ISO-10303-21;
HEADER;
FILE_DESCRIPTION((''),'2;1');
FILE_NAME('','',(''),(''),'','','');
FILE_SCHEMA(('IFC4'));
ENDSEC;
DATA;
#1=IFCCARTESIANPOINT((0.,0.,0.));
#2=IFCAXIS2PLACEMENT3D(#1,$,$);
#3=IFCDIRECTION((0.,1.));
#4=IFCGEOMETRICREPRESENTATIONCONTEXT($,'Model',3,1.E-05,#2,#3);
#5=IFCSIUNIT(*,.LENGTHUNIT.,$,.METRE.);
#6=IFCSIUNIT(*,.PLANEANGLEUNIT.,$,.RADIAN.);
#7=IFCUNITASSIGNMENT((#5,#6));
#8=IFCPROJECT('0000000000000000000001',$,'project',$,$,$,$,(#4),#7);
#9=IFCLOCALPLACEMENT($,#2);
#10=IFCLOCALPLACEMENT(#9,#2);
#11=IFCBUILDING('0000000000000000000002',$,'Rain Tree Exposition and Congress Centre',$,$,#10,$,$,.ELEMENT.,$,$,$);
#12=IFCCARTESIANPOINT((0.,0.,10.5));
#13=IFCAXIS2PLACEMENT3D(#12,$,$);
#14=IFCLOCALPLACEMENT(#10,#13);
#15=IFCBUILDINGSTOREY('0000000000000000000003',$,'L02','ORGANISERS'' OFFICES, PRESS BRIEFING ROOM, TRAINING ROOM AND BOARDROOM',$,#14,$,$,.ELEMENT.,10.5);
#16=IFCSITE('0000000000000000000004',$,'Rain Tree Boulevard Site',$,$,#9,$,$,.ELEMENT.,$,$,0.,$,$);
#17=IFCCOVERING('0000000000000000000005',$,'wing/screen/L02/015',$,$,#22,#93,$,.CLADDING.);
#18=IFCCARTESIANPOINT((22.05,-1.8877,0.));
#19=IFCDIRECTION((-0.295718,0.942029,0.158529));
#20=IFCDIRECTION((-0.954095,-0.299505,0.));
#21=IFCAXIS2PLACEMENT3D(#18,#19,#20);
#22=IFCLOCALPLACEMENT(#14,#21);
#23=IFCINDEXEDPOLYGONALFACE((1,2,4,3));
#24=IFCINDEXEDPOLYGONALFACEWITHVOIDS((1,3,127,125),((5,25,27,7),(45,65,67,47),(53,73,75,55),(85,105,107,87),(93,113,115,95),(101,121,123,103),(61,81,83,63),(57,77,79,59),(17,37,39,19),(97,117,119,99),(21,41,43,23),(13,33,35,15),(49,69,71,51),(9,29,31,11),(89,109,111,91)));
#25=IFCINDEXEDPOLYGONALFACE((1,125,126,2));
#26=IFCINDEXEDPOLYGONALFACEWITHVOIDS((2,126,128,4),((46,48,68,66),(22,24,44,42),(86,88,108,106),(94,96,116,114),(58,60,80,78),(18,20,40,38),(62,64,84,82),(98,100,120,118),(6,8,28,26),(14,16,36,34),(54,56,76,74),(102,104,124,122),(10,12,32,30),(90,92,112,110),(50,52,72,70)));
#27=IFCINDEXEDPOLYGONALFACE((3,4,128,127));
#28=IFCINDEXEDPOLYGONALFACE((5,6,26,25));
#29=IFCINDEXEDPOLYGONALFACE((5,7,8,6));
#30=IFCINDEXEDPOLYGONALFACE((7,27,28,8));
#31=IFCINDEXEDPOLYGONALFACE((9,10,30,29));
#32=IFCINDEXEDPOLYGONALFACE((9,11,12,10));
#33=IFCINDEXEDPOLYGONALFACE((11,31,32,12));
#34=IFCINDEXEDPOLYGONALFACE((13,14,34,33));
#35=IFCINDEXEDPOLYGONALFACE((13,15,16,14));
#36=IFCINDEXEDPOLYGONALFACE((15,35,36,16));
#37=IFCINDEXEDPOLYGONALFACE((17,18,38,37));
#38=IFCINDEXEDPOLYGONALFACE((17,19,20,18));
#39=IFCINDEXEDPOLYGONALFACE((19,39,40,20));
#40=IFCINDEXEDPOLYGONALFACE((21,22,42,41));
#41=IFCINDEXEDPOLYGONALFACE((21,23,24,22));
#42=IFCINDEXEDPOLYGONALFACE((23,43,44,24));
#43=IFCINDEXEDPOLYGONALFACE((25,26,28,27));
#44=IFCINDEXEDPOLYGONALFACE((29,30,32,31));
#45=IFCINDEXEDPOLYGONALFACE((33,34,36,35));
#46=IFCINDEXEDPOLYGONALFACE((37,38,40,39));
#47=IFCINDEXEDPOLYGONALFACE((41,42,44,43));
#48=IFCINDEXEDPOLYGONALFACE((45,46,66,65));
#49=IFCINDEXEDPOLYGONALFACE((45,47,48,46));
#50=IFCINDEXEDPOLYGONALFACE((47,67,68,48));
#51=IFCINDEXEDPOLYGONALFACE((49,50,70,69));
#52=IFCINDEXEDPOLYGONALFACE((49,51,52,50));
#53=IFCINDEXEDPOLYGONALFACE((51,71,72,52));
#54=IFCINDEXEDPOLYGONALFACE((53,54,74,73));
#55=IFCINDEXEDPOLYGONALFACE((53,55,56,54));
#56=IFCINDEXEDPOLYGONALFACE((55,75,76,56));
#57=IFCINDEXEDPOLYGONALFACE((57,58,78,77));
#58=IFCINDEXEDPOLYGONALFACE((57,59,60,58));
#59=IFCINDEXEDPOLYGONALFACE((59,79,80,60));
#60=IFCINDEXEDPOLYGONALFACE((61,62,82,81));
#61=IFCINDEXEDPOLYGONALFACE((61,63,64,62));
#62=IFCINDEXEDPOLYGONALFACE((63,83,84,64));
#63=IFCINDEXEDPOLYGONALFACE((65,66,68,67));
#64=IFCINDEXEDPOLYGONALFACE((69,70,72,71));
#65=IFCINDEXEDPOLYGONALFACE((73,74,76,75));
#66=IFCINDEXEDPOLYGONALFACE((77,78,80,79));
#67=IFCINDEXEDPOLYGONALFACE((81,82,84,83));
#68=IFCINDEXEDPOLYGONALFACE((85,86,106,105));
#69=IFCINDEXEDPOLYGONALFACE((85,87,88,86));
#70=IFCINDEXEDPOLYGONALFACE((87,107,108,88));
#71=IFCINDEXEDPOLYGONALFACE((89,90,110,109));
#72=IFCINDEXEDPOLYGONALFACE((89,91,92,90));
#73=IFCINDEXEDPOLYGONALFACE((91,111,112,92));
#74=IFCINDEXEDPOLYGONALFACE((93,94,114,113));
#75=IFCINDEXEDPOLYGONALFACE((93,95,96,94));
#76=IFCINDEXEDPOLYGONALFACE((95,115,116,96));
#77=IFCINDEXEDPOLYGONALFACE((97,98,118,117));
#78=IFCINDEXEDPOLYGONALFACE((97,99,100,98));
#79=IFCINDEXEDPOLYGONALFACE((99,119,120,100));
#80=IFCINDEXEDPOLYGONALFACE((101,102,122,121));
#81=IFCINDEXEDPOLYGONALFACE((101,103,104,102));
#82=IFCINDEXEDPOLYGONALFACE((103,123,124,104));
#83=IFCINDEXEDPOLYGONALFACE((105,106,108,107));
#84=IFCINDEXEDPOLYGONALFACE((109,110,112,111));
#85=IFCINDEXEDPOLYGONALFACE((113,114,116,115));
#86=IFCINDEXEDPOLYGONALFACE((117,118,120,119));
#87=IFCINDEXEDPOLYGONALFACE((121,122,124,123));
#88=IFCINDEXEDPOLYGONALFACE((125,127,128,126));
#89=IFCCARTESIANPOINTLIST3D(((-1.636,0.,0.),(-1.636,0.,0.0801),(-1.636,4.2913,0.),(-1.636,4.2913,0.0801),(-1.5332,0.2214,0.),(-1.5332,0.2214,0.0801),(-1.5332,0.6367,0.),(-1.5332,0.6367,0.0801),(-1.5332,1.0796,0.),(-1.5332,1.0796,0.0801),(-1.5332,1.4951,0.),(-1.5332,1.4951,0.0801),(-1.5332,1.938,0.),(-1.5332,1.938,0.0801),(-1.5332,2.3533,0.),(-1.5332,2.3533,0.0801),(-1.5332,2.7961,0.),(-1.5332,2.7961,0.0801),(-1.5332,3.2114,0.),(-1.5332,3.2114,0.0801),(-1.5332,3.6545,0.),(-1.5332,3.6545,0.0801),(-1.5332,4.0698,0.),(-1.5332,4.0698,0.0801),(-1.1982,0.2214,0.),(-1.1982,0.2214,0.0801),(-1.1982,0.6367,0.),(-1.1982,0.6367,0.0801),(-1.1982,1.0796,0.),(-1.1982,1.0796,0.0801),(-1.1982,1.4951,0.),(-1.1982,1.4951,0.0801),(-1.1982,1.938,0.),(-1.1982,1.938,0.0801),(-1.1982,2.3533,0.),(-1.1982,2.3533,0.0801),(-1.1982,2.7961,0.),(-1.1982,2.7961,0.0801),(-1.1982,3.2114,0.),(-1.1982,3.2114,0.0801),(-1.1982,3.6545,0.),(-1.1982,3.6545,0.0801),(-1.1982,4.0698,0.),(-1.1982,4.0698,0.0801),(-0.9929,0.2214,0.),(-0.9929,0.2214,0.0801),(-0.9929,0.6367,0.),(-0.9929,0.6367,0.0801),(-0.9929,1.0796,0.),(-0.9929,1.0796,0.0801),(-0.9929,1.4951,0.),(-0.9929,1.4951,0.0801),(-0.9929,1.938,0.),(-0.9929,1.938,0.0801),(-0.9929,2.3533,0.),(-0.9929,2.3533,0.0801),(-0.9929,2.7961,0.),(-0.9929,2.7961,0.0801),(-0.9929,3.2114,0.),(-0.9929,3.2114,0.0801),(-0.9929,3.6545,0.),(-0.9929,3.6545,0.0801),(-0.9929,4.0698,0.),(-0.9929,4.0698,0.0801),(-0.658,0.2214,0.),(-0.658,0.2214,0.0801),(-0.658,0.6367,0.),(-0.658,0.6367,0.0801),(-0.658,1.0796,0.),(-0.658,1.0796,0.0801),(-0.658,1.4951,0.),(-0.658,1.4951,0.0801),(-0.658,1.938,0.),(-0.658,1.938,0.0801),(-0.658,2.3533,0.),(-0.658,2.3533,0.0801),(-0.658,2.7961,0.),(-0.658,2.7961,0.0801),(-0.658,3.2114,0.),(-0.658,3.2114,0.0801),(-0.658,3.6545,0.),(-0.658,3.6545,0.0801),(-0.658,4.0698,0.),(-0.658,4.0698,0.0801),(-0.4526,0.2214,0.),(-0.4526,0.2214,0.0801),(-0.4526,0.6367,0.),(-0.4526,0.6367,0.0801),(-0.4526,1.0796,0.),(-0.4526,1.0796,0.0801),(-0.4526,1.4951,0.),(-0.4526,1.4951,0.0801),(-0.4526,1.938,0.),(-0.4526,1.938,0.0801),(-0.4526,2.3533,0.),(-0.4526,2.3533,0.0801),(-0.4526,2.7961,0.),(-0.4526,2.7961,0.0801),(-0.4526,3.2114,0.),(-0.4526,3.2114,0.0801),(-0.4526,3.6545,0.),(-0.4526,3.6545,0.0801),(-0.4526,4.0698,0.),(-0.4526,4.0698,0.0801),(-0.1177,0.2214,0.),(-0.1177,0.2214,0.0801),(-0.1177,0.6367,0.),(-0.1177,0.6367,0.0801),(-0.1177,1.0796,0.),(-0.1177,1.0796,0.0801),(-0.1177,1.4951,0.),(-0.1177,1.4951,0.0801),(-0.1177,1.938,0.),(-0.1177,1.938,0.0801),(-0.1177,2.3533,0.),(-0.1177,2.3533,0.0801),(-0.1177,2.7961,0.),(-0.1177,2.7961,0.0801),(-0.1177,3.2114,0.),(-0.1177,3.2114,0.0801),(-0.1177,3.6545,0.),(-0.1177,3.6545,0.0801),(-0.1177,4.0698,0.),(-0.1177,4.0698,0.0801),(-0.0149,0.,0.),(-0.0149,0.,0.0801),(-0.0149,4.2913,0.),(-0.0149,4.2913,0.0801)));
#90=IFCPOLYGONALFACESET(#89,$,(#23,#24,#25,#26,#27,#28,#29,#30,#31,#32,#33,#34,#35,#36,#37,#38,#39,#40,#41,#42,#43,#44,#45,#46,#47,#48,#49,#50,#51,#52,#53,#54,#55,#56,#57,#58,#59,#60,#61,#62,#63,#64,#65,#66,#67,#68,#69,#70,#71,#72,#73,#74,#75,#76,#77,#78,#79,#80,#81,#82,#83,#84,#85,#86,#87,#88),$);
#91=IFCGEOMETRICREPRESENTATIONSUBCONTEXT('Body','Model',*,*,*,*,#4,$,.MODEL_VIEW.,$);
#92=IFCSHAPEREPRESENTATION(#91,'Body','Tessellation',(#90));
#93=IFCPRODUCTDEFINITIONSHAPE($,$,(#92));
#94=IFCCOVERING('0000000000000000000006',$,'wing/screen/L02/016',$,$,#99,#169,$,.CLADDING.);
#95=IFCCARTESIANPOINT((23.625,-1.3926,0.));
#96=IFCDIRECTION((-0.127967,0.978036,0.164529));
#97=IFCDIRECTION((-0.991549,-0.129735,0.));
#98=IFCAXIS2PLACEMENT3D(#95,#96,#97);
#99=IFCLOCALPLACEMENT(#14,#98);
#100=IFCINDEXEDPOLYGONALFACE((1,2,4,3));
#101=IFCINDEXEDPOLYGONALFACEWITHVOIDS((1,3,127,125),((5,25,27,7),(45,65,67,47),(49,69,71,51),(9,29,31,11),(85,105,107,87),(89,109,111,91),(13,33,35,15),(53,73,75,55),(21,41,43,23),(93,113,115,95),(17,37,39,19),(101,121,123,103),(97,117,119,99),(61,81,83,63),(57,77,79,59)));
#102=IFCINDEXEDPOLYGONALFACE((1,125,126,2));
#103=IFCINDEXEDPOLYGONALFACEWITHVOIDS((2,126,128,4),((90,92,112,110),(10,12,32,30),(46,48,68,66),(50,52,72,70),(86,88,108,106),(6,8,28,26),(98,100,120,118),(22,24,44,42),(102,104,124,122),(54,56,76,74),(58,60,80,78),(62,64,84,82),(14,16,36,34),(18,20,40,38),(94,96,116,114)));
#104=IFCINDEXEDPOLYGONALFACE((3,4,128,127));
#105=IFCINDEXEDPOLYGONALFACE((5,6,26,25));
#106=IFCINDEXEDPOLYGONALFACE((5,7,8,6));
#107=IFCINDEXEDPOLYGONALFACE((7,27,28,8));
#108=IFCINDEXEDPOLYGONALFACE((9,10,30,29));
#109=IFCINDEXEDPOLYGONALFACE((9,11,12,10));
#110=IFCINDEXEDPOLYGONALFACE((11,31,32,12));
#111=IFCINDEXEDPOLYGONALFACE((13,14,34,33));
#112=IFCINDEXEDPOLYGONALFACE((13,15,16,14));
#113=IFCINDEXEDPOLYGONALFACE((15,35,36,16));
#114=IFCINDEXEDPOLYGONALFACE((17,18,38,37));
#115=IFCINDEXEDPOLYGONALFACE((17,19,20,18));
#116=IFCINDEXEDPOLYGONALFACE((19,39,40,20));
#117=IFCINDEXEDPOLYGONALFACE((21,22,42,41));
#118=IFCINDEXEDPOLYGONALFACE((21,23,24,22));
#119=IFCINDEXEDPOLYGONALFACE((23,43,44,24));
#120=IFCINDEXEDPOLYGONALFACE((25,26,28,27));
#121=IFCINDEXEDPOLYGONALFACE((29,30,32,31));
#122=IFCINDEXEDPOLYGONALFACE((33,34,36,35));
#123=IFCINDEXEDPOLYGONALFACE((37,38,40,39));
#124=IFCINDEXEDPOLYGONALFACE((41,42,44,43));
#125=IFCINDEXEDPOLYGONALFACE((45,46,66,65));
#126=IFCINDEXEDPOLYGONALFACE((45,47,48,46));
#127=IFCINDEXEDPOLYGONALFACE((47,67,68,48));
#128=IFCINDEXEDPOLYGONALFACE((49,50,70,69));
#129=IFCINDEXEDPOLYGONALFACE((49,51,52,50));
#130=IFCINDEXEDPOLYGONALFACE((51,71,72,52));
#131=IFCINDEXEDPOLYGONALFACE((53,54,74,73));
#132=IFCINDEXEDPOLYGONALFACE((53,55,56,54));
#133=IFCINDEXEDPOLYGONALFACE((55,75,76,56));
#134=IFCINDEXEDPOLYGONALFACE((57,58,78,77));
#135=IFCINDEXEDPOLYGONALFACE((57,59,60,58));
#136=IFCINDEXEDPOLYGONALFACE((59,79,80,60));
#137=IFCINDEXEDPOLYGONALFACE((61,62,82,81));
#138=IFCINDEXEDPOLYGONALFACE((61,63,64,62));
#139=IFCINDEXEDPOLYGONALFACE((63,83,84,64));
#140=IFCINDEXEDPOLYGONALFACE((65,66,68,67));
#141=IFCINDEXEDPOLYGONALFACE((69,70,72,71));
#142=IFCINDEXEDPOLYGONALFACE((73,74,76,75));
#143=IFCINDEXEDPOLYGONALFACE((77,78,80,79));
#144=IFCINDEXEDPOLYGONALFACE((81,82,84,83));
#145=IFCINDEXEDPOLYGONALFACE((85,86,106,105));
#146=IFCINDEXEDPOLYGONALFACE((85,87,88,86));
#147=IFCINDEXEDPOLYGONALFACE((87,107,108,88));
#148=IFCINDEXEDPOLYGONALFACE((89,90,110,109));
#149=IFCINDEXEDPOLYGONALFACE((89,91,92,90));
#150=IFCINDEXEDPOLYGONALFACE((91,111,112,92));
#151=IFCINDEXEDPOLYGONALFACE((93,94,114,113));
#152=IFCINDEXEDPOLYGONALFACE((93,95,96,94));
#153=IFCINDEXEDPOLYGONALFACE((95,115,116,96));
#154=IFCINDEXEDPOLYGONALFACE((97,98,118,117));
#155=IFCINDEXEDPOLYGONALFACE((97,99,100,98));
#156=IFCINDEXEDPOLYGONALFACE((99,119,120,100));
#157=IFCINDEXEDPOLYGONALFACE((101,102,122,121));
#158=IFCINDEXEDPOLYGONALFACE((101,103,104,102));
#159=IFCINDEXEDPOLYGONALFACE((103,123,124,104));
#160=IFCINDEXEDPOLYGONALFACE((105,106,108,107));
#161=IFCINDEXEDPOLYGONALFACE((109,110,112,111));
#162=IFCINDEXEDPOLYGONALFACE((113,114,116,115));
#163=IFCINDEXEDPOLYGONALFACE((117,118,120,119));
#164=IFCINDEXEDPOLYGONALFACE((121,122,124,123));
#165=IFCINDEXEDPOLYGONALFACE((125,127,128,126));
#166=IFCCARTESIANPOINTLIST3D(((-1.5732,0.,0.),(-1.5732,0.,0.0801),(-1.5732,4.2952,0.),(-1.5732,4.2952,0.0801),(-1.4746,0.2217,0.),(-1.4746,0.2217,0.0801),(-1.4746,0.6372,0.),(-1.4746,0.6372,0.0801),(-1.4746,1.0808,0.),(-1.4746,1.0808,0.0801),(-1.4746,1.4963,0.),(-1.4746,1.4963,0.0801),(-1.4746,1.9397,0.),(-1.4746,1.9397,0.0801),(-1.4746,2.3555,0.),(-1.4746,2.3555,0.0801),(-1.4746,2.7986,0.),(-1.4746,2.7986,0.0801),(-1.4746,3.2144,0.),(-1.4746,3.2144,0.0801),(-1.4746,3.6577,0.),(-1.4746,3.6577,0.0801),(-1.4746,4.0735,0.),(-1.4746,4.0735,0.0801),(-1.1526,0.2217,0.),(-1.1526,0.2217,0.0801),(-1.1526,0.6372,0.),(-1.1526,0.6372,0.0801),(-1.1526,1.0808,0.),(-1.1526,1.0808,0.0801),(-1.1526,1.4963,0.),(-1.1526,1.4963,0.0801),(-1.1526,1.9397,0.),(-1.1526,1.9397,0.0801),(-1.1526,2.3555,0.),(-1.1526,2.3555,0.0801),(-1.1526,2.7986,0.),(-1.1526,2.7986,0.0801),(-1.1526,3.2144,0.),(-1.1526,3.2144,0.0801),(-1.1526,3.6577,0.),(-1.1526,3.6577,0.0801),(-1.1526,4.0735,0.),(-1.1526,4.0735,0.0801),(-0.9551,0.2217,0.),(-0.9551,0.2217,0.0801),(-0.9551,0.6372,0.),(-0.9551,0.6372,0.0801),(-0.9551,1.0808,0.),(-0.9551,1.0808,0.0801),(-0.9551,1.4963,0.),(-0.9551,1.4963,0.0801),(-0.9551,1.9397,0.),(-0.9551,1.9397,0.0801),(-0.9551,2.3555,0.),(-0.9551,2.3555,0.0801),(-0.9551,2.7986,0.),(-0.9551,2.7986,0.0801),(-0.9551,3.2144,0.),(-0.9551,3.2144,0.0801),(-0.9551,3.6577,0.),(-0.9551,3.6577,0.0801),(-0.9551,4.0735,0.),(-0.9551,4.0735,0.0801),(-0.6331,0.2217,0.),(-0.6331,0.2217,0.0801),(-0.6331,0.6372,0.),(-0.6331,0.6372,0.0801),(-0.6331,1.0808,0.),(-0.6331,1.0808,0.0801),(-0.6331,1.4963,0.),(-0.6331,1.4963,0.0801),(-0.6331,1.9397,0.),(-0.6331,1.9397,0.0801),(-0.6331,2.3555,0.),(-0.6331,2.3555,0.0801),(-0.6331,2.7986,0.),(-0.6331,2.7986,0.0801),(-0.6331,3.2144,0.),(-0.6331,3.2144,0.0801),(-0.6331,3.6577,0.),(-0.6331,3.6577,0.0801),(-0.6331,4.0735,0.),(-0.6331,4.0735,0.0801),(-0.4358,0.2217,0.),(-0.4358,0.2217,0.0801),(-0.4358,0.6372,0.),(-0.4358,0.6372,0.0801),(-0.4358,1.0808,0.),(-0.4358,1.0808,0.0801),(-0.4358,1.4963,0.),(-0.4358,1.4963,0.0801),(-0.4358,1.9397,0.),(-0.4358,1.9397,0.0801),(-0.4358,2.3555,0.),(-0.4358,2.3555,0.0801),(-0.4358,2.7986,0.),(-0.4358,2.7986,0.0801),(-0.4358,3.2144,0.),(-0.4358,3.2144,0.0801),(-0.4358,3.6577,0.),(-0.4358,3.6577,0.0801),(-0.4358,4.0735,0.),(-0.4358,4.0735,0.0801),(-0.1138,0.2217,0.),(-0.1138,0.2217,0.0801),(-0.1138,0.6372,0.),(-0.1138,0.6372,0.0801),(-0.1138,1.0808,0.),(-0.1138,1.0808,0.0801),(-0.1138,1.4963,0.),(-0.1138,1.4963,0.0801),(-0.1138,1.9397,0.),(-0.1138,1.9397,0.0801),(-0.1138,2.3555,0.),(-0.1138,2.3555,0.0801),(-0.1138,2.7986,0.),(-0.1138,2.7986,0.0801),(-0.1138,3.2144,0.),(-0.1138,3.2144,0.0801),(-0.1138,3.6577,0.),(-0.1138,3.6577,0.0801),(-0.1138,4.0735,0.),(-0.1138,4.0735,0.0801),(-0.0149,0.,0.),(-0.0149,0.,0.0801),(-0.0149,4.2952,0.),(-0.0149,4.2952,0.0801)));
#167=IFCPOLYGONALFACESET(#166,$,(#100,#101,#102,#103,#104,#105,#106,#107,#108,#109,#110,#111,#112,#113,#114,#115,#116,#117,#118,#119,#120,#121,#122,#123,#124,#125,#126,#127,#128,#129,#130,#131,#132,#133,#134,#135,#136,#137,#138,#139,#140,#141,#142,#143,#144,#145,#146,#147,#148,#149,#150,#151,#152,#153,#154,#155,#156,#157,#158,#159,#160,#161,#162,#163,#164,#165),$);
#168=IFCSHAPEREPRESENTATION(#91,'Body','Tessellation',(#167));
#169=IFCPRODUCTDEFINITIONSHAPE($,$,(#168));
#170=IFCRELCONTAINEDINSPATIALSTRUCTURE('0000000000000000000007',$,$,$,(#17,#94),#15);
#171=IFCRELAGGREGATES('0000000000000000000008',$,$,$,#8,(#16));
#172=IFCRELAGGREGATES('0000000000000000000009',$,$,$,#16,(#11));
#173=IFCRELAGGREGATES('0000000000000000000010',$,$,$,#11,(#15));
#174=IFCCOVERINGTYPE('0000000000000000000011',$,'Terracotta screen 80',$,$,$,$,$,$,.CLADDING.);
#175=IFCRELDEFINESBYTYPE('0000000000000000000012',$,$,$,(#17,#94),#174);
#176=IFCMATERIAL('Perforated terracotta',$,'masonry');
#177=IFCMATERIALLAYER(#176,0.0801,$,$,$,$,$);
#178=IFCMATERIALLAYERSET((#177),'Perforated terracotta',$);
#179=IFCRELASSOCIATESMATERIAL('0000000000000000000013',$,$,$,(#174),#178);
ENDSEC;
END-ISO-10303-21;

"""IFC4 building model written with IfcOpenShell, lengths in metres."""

from ifc_helpers import new_model, si_unit, direction, frame, origin, place, context, subcontext, project, spatial, polyline, outline, extrude, material, layer, layer_set, type_object, element, save


model = new_model("IFC4")

# Units and contexts
model_context = context("Model", 3, precision=1e-05, world=origin(), true_north=direction((0.0, 1.0)))
body_context = subcontext(model_context, "Body", "Model", "MODEL_VIEW")
ifc_project = project(units=[si_unit("LENGTHUNIT", "METRE"), si_unit("PLANEANGLEUNIT", "RADIAN")], contexts=[model_context])

# Site, building, storey
site_placement = place(None, origin())
site = spatial("IfcSite", under=ifc_project, at=site_placement, Name="Rain Tree Boulevard Site", CompositionType="ELEMENT", RefElevation=0.0)
building_placement = place(site_placement, origin())
building = spatial("IfcBuilding", under=site, at=building_placement, Name="Rain Tree Exposition and Congress Centre", CompositionType="ELEMENT")
storey_placement = place(building_placement, frame((0.0, 0.0, 10.5)))
storey = spatial("IfcBuildingStorey", under=building, at=storey_placement, Name="L02", Description="ORGANISERS' OFFICES, PRESS BRIEFING ROOM, TRAINING ROOM AND BOARDROOM", CompositionType="ELEMENT", Elevation=10.5)

# Coverings
ifc_material_1 = material(Name="Perforated terracotta", Category="masonry")
ifc_layer_1 = layer(ifc_material_1, 0.0801)
ifc_layer_set_1 = layer_set([ifc_layer_1], Name="Perforated terracotta")
covering_type = type_object("IfcCoveringType", Name="Terracotta screen 80", PredefinedType="CLADDING", material=ifc_layer_set_1)
covering_1_placement = place(storey_placement, frame((22.05, -1.8877, 0.0), z_axis=(-0.295718, 0.942029, 0.158529), x_axis=(-0.954095, -0.299505, 0.0)))
element("IfcCovering", 1, at=covering_1_placement, inside=storey, type_object=covering_type, Name="wing/screen/L02/015", PredefinedType="CLADDING", context=body_context, shape_type="SweptSolid", body=[
    extrude(outline(polyline([(-1.636, 0.0), (-1.636, 4.2913), (-0.0149, 4.2913), (-0.0149, 0.0), (-1.636, 0.0)]), holes=[polyline([(-0.1177, 0.2214), (-0.1177, 0.6367), (-0.4526, 0.6367), (-0.4526, 0.2214), (-0.1177, 0.2214)]), polyline([(-0.1177, 1.0796), (-0.1177, 1.4951), (-0.4526, 1.4951), (-0.4526, 1.0796), (-0.1177, 1.0796)]), polyline([(-0.1177, 1.938), (-0.1177, 2.3533), (-0.4526, 2.3533), (-0.4526, 1.938), (-0.1177, 1.938)]), polyline([(-0.1177, 2.7961), (-0.1177, 3.2114), (-0.4526, 3.2114), (-0.4526, 2.7961), (-0.1177, 2.7961)]), polyline([(-0.1177, 3.6545), (-0.1177, 4.0698), (-0.4526, 4.0698), (-0.4526, 3.6545), (-0.1177, 3.6545)]), polyline([(-0.658, 0.2214), (-0.658, 0.6367), (-0.9929, 0.6367), (-0.9929, 0.2214), (-0.658, 0.2214)]), polyline([(-0.658, 1.0796), (-0.658, 1.4951), (-0.9929, 1.4951), (-0.9929, 1.0796), (-0.658, 1.0796)]), polyline([(-0.658, 1.938), (-0.658, 2.3533), (-0.9929, 2.3533), (-0.9929, 1.938), (-0.658, 1.938)]), polyline([(-0.658, 2.7961), (-0.658, 3.2114), (-0.9929, 3.2114), (-0.9929, 2.7961), (-0.658, 2.7961)]), polyline([(-0.658, 3.6545), (-0.658, 4.0698), (-0.9929, 4.0698), (-0.9929, 3.6545), (-0.658, 3.6545)]), polyline([(-1.1982, 0.2214), (-1.1982, 0.6367), (-1.5332, 0.6367), (-1.5332, 0.2214), (-1.1982, 0.2214)]), polyline([(-1.1982, 1.0796), (-1.1982, 1.4951), (-1.5332, 1.4951), (-1.5332, 1.0796), (-1.1982, 1.0796)]), polyline([(-1.1982, 1.938), (-1.1982, 2.3533), (-1.5332, 2.3533), (-1.5332, 1.938), (-1.1982, 1.938)]), polyline([(-1.1982, 2.7961), (-1.1982, 3.2114), (-1.5332, 3.2114), (-1.5332, 2.7961), (-1.1982, 2.7961)]), polyline([(-1.1982, 3.6545), (-1.1982, 4.0698), (-1.5332, 4.0698), (-1.5332, 3.6545), (-1.1982, 3.6545)])]), origin(), (0.0, 0.0, 1.0), 0.0801),
])
covering_2_placement = place(storey_placement, frame((23.625, -1.3926, 0.0), z_axis=(-0.127967, 0.978036, 0.164529), x_axis=(-0.991549, -0.129735, 0.0)))
element("IfcCovering", 2, at=covering_2_placement, inside=storey, type_object=covering_type, Name="wing/screen/L02/016", PredefinedType="CLADDING", context=body_context, shape_type="SweptSolid", body=[
    extrude(outline(polyline([(-1.5732, 0.0), (-1.5732, 4.2952), (-0.0149, 4.2952), (-0.0149, 0.0), (-1.5732, 0.0)]), holes=[polyline([(-0.1138, 0.2217), (-0.1138, 0.6372), (-0.4358, 0.6372), (-0.4358, 0.2217), (-0.1138, 0.2217)]), polyline([(-0.1138, 1.0808), (-0.1138, 1.4963), (-0.4358, 1.4963), (-0.4358, 1.0808), (-0.1138, 1.0808)]), polyline([(-0.1138, 1.9397), (-0.1138, 2.3555), (-0.4358, 2.3555), (-0.4358, 1.9397), (-0.1138, 1.9397)]), polyline([(-0.1138, 2.7986), (-0.1138, 3.2144), (-0.4358, 3.2144), (-0.4358, 2.7986), (-0.1138, 2.7986)]), polyline([(-0.1138, 3.6577), (-0.1138, 4.0735), (-0.4358, 4.0735), (-0.4358, 3.6577), (-0.1138, 3.6577)]), polyline([(-0.6331, 0.2217), (-0.6331, 0.6372), (-0.9551, 0.6372), (-0.9551, 0.2217), (-0.6331, 0.2217)]), polyline([(-0.6331, 1.0808), (-0.6331, 1.4963), (-0.9551, 1.4963), (-0.9551, 1.0808), (-0.6331, 1.0808)]), polyline([(-0.6331, 1.9397), (-0.6331, 2.3555), (-0.9551, 2.3555), (-0.9551, 1.9397), (-0.6331, 1.9397)]), polyline([(-0.6331, 2.7986), (-0.6331, 3.2144), (-0.9551, 3.2144), (-0.9551, 2.7986), (-0.6331, 2.7986)]), polyline([(-0.6331, 3.6577), (-0.6331, 4.0735), (-0.9551, 4.0735), (-0.9551, 3.6577), (-0.6331, 3.6577)]), polyline([(-1.1526, 0.2217), (-1.1526, 0.6372), (-1.4746, 0.6372), (-1.4746, 0.2217), (-1.1526, 0.2217)]), polyline([(-1.1526, 1.0808), (-1.1526, 1.4963), (-1.4746, 1.4963), (-1.4746, 1.0808), (-1.1526, 1.0808)]), polyline([(-1.1526, 1.9397), (-1.1526, 2.3555), (-1.4746, 2.3555), (-1.4746, 1.9397), (-1.1526, 1.9397)]), polyline([(-1.1526, 2.7986), (-1.1526, 3.2144), (-1.4746, 3.2144), (-1.4746, 2.7986), (-1.1526, 2.7986)]), polyline([(-1.1526, 3.6577), (-1.1526, 4.0735), (-1.4746, 4.0735), (-1.4746, 3.6577), (-1.1526, 3.6577)])]), origin(), (0.0, 0.0, 1.0), 0.0801),
])

save(model, "model.ifc")
